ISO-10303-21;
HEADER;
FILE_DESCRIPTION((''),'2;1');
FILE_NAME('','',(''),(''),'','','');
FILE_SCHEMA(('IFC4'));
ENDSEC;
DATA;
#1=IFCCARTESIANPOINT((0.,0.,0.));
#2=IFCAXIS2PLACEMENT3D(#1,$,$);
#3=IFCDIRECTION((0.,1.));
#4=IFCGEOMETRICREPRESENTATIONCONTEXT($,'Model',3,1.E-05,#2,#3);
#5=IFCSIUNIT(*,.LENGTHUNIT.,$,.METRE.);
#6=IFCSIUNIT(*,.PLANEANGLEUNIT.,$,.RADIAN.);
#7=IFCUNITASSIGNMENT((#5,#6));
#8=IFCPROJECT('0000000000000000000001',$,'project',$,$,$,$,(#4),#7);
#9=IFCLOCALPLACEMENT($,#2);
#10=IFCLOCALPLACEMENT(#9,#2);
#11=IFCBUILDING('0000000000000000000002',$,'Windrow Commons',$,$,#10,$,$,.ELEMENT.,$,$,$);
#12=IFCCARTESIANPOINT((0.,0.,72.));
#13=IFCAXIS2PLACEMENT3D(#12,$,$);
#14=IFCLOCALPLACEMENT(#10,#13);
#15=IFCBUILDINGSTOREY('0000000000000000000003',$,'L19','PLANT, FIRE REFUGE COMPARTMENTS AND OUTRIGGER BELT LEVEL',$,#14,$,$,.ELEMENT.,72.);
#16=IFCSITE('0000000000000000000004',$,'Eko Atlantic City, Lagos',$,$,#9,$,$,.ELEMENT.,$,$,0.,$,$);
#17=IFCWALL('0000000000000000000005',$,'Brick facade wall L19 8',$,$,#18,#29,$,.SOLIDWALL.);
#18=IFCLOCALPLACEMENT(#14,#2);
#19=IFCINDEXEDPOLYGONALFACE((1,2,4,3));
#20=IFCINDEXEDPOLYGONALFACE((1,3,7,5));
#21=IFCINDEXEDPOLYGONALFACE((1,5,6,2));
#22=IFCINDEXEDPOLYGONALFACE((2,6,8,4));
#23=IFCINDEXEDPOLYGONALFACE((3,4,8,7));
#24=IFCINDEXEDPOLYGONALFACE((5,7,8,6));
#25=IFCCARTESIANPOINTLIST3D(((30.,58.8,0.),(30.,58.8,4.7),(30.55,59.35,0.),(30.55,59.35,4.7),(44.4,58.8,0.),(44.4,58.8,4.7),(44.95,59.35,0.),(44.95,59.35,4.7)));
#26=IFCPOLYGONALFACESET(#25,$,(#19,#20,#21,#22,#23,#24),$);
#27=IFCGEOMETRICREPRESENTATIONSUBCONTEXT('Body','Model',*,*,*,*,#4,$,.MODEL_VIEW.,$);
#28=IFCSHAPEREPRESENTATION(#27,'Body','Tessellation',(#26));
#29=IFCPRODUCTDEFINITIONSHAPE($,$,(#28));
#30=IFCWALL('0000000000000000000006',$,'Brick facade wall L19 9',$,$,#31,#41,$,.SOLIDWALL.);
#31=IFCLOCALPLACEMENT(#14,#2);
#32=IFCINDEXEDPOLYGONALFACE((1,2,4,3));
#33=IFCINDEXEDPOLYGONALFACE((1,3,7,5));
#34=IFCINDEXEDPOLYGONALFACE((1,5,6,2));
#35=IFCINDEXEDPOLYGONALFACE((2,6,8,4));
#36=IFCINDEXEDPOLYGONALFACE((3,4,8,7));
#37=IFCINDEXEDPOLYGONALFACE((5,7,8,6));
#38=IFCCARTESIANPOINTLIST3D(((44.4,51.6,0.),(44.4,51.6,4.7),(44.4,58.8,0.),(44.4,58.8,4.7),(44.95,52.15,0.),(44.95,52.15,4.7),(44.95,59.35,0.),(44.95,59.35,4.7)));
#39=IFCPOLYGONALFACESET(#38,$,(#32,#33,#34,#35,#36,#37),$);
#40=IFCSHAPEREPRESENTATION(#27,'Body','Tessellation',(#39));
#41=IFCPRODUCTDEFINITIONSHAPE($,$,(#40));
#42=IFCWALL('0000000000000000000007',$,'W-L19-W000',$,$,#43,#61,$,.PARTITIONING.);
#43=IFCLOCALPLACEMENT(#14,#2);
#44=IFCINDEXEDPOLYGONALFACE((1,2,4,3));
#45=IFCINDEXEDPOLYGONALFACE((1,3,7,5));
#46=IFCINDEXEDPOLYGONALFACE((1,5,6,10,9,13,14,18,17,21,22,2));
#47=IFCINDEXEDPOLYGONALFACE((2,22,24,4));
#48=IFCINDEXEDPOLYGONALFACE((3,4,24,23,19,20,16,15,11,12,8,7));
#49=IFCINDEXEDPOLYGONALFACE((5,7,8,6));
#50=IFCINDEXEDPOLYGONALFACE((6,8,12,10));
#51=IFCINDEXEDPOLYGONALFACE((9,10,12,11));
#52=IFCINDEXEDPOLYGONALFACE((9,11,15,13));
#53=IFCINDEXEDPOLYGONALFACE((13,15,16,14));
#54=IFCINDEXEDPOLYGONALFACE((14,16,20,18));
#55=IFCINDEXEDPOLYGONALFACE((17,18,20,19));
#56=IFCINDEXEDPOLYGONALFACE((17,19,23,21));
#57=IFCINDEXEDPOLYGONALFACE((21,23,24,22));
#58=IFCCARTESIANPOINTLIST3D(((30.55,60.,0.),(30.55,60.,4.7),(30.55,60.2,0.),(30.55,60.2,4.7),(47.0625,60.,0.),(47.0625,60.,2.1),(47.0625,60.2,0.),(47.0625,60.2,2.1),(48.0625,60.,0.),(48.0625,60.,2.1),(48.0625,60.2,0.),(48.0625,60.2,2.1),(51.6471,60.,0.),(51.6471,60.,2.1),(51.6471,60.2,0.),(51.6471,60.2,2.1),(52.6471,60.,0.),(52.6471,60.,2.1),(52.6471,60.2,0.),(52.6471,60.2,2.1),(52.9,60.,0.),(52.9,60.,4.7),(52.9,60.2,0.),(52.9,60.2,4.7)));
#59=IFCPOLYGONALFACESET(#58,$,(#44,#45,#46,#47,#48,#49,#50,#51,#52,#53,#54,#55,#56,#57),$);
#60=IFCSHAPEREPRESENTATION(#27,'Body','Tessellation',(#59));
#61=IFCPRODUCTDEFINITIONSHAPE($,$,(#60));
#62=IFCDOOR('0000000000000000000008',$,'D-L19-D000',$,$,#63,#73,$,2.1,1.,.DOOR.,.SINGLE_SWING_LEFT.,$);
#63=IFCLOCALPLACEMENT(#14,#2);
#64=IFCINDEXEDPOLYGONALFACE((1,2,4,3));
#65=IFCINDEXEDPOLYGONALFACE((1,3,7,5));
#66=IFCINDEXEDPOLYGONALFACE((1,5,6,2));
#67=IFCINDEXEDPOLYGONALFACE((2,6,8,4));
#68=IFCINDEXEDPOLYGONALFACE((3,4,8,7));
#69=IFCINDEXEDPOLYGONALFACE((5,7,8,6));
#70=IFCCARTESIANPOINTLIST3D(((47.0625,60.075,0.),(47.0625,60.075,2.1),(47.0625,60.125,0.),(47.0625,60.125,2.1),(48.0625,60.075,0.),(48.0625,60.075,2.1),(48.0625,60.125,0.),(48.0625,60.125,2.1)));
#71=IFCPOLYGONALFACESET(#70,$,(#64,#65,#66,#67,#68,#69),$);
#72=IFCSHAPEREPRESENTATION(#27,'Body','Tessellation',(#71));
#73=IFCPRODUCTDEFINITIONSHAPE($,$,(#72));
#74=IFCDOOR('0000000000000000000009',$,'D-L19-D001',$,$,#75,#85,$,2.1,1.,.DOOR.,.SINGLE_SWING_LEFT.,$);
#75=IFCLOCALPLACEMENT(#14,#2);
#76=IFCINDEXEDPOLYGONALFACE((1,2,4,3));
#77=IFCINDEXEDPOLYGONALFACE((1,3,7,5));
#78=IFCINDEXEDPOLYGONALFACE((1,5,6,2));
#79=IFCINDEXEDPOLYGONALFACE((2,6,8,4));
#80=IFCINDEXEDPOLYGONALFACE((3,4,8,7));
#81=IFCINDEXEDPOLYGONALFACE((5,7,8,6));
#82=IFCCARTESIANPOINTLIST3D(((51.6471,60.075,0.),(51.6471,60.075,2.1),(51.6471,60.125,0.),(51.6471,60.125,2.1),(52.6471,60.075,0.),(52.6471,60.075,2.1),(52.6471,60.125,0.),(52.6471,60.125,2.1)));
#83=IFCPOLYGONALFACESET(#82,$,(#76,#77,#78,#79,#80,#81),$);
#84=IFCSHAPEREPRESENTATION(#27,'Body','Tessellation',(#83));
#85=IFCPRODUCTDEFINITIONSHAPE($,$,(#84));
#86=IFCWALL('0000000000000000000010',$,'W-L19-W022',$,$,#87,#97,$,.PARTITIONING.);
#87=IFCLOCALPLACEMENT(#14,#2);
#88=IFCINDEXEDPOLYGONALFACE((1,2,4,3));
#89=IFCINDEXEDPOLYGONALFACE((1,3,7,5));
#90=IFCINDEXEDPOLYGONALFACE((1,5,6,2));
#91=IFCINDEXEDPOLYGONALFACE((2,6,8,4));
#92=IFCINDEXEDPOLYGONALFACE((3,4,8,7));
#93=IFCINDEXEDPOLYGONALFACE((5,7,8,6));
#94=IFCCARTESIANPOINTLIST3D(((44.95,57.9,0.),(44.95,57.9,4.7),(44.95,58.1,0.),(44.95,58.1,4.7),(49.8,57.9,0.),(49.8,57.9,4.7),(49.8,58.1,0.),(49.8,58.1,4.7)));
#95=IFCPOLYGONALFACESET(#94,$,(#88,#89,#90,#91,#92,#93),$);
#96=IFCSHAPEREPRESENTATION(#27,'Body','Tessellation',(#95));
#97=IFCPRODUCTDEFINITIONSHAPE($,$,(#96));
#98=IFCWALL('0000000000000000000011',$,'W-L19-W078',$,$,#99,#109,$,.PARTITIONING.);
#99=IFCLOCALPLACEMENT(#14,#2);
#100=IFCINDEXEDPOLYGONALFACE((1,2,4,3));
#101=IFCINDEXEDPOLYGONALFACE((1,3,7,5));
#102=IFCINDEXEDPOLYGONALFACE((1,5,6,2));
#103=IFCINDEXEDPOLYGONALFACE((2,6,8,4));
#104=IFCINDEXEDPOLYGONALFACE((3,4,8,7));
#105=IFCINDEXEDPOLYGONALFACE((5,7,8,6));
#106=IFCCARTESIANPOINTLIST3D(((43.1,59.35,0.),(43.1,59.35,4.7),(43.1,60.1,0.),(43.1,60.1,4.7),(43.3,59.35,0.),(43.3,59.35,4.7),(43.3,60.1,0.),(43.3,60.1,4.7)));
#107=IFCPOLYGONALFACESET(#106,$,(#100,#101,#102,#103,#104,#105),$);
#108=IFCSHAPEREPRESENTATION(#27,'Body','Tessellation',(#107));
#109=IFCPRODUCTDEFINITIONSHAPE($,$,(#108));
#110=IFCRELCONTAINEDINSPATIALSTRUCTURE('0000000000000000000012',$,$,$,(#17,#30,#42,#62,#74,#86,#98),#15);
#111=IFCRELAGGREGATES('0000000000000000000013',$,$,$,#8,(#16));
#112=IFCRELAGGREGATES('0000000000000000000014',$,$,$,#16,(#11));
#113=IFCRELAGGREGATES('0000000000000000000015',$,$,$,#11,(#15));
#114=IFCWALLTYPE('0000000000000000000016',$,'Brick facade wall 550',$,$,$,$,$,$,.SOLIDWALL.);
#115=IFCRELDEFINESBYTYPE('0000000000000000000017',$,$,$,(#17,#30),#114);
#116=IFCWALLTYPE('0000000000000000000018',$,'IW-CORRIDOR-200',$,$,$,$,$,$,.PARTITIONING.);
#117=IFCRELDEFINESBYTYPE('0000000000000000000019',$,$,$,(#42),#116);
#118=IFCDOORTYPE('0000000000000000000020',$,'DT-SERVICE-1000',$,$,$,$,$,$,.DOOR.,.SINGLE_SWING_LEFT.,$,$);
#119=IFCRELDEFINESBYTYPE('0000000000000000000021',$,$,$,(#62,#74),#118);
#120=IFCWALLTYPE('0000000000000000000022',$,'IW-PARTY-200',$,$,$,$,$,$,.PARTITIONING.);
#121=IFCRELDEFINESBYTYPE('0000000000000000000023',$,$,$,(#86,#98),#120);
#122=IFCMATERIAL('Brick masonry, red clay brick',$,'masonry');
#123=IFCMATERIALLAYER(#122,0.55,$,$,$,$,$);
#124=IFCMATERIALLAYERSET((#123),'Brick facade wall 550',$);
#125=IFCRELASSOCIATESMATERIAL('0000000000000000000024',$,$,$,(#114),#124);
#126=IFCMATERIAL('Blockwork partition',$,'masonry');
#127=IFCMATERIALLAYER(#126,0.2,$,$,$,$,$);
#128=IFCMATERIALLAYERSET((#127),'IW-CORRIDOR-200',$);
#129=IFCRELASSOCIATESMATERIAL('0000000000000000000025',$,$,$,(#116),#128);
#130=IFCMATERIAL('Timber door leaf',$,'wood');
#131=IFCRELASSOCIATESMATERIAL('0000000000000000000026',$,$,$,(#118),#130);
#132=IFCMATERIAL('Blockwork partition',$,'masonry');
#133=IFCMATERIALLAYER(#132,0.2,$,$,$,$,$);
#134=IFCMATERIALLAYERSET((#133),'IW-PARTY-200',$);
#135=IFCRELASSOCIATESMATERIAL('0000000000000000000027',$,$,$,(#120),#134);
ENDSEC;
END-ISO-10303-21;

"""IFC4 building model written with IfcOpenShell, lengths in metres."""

from ifc_helpers import new_model, si_unit, direction, frame, frame_2d, origin, place, context, subcontext, project, spatial, polyline, rectangle, outline, extrude, material, layer, layer_set, type_object, element, fill, save


model = new_model("IFC4")

# Units and contexts
model_context = context("Model", 3, precision=1e-05, world=origin(), true_north=direction((0.0, 1.0)))
body_context = subcontext(model_context, "Body", "Model", "MODEL_VIEW")
ifc_project = project(units=[si_unit("LENGTHUNIT", "METRE"), si_unit("PLANEANGLEUNIT", "RADIAN")], contexts=[model_context])

# Site, building, storey
site_placement = place(None, origin())
site = spatial("IfcSite", under=ifc_project, at=site_placement, Name="Eko Atlantic City, Lagos", CompositionType="ELEMENT", RefElevation=0.0)
building_placement = place(site_placement, origin())
building = spatial("IfcBuilding", under=site, at=building_placement, Name="Windrow Commons", CompositionType="ELEMENT")
storey_placement = place(building_placement, frame((0.0, 0.0, 72.0)))
storey = spatial("IfcBuildingStorey", under=building, at=storey_placement, Name="L19", Description="PLANT, FIRE REFUGE COMPARTMENTS AND OUTRIGGER BELT LEVEL", CompositionType="ELEMENT", Elevation=72.0)

# Walls
ifc_material_1 = material(Name="Brick masonry, red clay brick", Category="masonry")
ifc_layer_1 = layer(ifc_material_1, 0.55)
ifc_layer_set_1 = layer_set([ifc_layer_1], Name="Brick facade wall 550")
wall_type_1 = type_object("IfcWallType", Name="Brick facade wall 550", PredefinedType="SOLIDWALL", material=ifc_layer_set_1)
wall_1_placement = place(storey_placement, frame((30.275, 59.075, 0.0), z_axis=(0.0, 0.0, 1.0), x_axis=(1.0, 0.0, 0.0)))
element("IfcWall", 1, at=wall_1_placement, inside=storey, type_object=wall_type_1, Name="Brick facade wall L19 8", PredefinedType="SOLIDWALL", context=body_context, shape_type="SweptSolid", body=[
    extrude(outline(polyline([(-0.275, -0.275), (14.125, -0.275), (14.675, 0.275), (0.275, 0.275), (-0.275, -0.275)])), origin(), (0.0, 0.0, 1.0), 4.7),
])
wall_2_placement = place(storey_placement, frame((44.675, 59.075, 0.0), z_axis=(0.0, 0.0, 1.0), x_axis=(0.0, -1.0, 0.0)))
element("IfcWall", 2, at=wall_2_placement, inside=storey, type_object=wall_type_1, Name="Brick facade wall L19 9", PredefinedType="SOLIDWALL", context=body_context, shape_type="SweptSolid", body=[
    extrude(outline(polyline([(0.275, -0.275), (7.475, -0.275), (6.925, 0.275), (-0.275, 0.275), (0.275, -0.275)])), origin(), (0.0, 0.0, 1.0), 4.7),
])

# Wall, openings, doors
ifc_material_2 = material(Name="Blockwork partition", Category="masonry")
ifc_layer_2 = layer(ifc_material_2, 0.2)
ifc_layer_set_2 = layer_set([ifc_layer_2], Name="IW-CORRIDOR-200")
wall_type_2 = type_object("IfcWallType", Name="IW-CORRIDOR-200", PredefinedType="PARTITIONING", material=ifc_layer_set_2)
wall_3_placement = place(storey_placement, frame((30.55, 60.1, 0.0), z_axis=(0.0, 0.0, 1.0), x_axis=(1.0, 0.0, 0.0)))
wall_3 = element("IfcWall", 3, at=wall_3_placement, inside=storey, type_object=wall_type_2, Name="W-L19-W000", PredefinedType="PARTITIONING", context=body_context, shape_type="SweptSolid", body=[
    extrude(rectangle(XDim=22.35, YDim=0.2, at=frame_2d((11.175, 0.0))), origin(), (0.0, 0.0, 1.0), 4.7),
])
opening_1_placement = place(wall_3_placement, frame((16.5125, 0.0, 0.0)))
opening_1 = element("IfcOpeningElement", 4, at=opening_1_placement, cuts=wall_3, PredefinedType="OPENING", context=body_context, shape_type="SweptSolid", body=[
    extrude(rectangle(XDim=1.0, YDim=2.1, at=frame_2d((0.5, 1.05))), frame((0.0, 0.11, 0.0), z_axis=(0.0, -1.0, 0.0), x_axis=(1.0, 0.0, 0.0)), (0.0, 0.0, 1.0), 0.22),
])
opening_2_placement = place(wall_3_placement, frame((21.0971, 0.0, 0.0)))
opening_2 = element("IfcOpeningElement", 5, at=opening_2_placement, cuts=wall_3, PredefinedType="OPENING", context=body_context, shape_type="SweptSolid", body=[
    extrude(rectangle(XDim=1.0, YDim=2.1, at=frame_2d((0.5, 1.05))), frame((0.0, 0.11, 0.0), z_axis=(0.0, -1.0, 0.0), x_axis=(1.0, 0.0, 0.0)), (0.0, 0.0, 1.0), 0.22),
])
ifc_material_3 = material(Name="Timber door leaf", Category="wood")
door_type = type_object("IfcDoorType", Name="DT-SERVICE-1000", OperationType="SINGLE_SWING_LEFT", PredefinedType="DOOR", material=ifc_material_3)
door_1_placement = place(opening_1_placement, origin())
door_1 = element("IfcDoor", 6, at=door_1_placement, inside=storey, type_object=door_type, Name="D-L19-D000", OperationType="SINGLE_SWING_LEFT", OverallHeight=2.1, OverallWidth=1.0, PredefinedType="DOOR", context=body_context, shape_type="SweptSolid", body=[
    extrude(rectangle(XDim=1.0, YDim=2.1, at=frame_2d((0.5, 1.05))), frame((0.0, 0.025, 0.0), z_axis=(0.0, -1.0, 0.0), x_axis=(1.0, 0.0, 0.0)), (0.0, 0.0, 1.0), 0.05),
])
fill(opening_1, door_1)
door_2_placement = place(opening_2_placement, origin())
door_2 = element("IfcDoor", 7, at=door_2_placement, inside=storey, type_object=door_type, Name="D-L19-D001", OperationType="SINGLE_SWING_LEFT", OverallHeight=2.1, OverallWidth=1.0, PredefinedType="DOOR", context=body_context, shape_type="SweptSolid", body=[
    extrude(rectangle(XDim=1.0, YDim=2.1, at=frame_2d((0.5, 1.05))), frame((0.0, 0.025, 0.0), z_axis=(0.0, -1.0, 0.0), x_axis=(1.0, 0.0, 0.0)), (0.0, 0.0, 1.0), 0.05),
])
fill(opening_2, door_2)

# Walls
ifc_material_4 = material(Name="Blockwork partition", Category="masonry")
ifc_layer_3 = layer(ifc_material_4, 0.2)
ifc_layer_set_3 = layer_set([ifc_layer_3], Name="IW-PARTY-200")
wall_type_3 = type_object("IfcWallType", Name="IW-PARTY-200", PredefinedType="PARTITIONING", material=ifc_layer_set_3)
wall_4_placement = place(storey_placement, frame((44.95, 58.0, 0.0), z_axis=(0.0, 0.0, 1.0), x_axis=(1.0, 0.0, 0.0)))
element("IfcWall", 8, at=wall_4_placement, inside=storey, type_object=wall_type_3, Name="W-L19-W022", PredefinedType="PARTITIONING", context=body_context, shape_type="SweptSolid", body=[
    extrude(rectangle(XDim=4.85, YDim=0.2, at=frame_2d((2.425, 0.0))), origin(), (0.0, 0.0, 1.0), 4.7),
])
wall_5_placement = place(storey_placement, frame((43.2, 59.35, 0.0), z_axis=(0.0, 0.0, 1.0), x_axis=(0.0, 1.0, 0.0)))
element("IfcWall", 9, at=wall_5_placement, inside=storey, type_object=wall_type_3, Name="W-L19-W078", PredefinedType="PARTITIONING", context=body_context, shape_type="SweptSolid", body=[
    extrude(rectangle(XDim=0.75, YDim=0.2, at=frame_2d((0.375, 0.0))), origin(), (0.0, 0.0, 1.0), 4.7),
])

save(model, "model.ifc")
